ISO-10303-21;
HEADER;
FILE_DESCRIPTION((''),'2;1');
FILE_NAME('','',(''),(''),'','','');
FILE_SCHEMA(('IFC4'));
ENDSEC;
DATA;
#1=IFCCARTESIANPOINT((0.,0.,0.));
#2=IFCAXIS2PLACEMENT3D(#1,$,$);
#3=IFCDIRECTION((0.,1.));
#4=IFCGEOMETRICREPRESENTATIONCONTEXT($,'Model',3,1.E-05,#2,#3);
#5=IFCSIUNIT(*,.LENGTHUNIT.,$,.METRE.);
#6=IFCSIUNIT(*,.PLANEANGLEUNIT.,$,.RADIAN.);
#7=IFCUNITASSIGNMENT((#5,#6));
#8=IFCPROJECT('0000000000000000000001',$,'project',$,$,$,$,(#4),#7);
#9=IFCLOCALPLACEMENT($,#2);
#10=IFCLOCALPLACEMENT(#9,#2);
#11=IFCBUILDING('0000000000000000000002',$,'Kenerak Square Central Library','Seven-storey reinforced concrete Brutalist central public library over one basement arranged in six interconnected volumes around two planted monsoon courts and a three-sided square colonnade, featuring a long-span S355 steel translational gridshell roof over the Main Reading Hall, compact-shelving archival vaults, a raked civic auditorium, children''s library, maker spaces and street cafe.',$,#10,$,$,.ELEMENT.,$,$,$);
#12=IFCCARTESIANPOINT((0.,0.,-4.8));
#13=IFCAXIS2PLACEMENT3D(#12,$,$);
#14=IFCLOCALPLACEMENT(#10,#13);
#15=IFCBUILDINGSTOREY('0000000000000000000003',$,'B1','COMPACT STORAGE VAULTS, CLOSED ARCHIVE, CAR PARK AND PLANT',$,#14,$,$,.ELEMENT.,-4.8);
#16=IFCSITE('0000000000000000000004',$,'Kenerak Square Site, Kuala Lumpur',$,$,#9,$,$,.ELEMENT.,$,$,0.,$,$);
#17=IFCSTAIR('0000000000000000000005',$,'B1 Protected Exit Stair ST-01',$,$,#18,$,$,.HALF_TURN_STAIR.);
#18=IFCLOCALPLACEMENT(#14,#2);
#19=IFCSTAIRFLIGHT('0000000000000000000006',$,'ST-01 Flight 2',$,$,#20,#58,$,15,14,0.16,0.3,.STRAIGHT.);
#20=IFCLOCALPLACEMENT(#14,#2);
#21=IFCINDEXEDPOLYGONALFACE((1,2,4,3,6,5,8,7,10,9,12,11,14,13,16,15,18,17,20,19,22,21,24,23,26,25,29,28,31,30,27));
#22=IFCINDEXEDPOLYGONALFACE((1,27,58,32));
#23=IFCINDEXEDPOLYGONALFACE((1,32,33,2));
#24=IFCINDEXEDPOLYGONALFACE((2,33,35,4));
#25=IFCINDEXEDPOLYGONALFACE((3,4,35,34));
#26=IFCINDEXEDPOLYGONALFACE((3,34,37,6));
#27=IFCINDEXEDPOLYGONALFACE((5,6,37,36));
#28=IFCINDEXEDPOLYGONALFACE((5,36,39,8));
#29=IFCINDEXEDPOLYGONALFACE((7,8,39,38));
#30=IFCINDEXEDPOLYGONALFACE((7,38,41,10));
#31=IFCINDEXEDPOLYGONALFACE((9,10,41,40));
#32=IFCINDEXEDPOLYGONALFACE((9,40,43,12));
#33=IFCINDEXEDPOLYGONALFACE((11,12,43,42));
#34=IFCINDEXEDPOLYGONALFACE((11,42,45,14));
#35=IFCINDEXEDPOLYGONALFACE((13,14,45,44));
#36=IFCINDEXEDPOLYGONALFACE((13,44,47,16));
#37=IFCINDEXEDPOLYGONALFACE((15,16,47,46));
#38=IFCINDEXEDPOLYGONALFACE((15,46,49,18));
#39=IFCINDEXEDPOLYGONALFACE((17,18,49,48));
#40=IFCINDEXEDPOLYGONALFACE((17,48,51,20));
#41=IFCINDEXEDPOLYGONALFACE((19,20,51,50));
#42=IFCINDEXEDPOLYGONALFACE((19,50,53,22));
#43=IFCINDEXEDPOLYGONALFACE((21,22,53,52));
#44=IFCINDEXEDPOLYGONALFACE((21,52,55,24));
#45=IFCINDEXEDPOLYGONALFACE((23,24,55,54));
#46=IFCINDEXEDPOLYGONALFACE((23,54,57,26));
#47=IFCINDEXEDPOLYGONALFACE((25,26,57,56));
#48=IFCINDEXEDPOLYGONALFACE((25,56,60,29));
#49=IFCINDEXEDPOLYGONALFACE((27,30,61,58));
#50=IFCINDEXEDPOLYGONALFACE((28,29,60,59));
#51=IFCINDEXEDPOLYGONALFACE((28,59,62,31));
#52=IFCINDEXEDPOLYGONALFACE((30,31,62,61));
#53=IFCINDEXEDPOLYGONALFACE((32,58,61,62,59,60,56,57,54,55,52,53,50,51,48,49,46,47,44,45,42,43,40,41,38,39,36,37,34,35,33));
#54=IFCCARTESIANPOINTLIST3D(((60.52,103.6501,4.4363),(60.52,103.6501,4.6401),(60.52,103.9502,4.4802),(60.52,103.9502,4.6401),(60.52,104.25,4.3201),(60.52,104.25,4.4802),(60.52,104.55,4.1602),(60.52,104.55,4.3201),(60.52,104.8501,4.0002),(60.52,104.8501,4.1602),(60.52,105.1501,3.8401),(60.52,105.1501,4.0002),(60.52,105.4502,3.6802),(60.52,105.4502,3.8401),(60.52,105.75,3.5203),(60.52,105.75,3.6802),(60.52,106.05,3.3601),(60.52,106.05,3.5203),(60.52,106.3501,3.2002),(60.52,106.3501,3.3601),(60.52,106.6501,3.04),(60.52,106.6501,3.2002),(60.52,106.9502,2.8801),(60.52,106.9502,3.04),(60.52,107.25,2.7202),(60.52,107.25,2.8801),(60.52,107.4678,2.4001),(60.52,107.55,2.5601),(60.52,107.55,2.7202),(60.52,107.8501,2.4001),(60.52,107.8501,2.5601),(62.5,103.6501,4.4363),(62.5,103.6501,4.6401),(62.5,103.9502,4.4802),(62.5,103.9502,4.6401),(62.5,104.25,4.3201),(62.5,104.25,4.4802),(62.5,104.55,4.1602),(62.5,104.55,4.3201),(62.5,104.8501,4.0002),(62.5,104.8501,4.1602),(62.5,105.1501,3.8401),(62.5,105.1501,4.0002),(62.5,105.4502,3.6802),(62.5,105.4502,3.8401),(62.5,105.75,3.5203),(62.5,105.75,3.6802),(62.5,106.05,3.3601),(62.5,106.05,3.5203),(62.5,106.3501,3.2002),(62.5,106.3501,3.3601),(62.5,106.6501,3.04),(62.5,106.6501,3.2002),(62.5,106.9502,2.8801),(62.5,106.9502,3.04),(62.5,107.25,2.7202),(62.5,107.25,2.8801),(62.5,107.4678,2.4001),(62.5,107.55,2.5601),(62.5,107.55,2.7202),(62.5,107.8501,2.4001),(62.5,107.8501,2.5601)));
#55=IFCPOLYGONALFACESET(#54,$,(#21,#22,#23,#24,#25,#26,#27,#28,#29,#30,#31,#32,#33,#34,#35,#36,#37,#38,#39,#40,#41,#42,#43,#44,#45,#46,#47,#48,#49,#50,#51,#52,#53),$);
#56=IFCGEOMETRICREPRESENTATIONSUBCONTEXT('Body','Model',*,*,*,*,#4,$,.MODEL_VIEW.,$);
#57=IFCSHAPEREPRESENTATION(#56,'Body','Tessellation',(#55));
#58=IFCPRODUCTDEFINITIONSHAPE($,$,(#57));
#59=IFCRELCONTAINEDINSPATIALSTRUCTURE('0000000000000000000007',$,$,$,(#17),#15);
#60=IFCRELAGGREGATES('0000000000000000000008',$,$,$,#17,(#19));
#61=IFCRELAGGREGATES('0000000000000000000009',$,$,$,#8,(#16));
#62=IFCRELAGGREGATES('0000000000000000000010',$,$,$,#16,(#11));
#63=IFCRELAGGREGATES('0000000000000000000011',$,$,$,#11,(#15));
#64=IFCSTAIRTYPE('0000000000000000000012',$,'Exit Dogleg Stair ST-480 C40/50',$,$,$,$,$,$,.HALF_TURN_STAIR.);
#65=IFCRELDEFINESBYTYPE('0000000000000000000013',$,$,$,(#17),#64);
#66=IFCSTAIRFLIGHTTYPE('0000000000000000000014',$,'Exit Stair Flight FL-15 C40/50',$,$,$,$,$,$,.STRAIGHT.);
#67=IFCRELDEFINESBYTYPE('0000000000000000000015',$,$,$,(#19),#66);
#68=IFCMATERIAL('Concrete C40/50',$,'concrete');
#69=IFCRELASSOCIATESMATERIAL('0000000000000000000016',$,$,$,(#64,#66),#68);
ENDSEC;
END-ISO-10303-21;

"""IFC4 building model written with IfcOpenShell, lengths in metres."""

from ifc_helpers import new_model, si_unit, direction, frame, origin, place, context, subcontext, project, spatial, polyline, outline, extrude, material, type_object, element, aggregate, save


model = new_model("IFC4")

# Units and contexts
model_context = context("Model", 3, precision=1e-05, world=origin(), true_north=direction((0.0, 1.0)))
body_context = subcontext(model_context, "Body", "Model", "MODEL_VIEW")
ifc_project = project(units=[si_unit("LENGTHUNIT", "METRE"), si_unit("PLANEANGLEUNIT", "RADIAN")], contexts=[model_context])

# Site, building, storey
site_placement = place(None, origin())
site = spatial("IfcSite", under=ifc_project, at=site_placement, Name="Kenerak Square Site, Kuala Lumpur", CompositionType="ELEMENT", RefElevation=0.0)
building_placement = place(site_placement, origin())
building = spatial("IfcBuilding", under=site, at=building_placement, Name="Kenerak Square Central Library", Description="Seven-storey reinforced concrete Brutalist central public library over one basement arranged in six interconnected volumes around two planted monsoon courts and a three-sided square colonnade, featuring a long-span S355 steel translational gridshell roof over the Main Reading Hall, compact-shelving archival vaults, a raked civic auditorium, children's library, maker spaces and street cafe.", CompositionType="ELEMENT")
storey_placement = place(building_placement, frame((0.0, 0.0, -4.8)))
storey = spatial("IfcBuildingStorey", under=building, at=storey_placement, Name="B1", Description="COMPACT STORAGE VAULTS, CLOSED ARCHIVE, CAR PARK AND PLANT", CompositionType="ELEMENT", Elevation=-4.8)

# Shared definitions
ifc_material_1 = material(Name="Concrete C40/50", Category="concrete")

# Stair, stair flight
stair_type = type_object("IfcStairType", Name="Exit Dogleg Stair ST-480 C40/50", PredefinedType="HALF_TURN_STAIR", material=ifc_material_1)
stair_placement = place(storey_placement, origin())
stair = element("IfcStair", 1, at=stair_placement, inside=storey, type_object=stair_type, Name="B1 Protected Exit Stair ST-01", PredefinedType="HALF_TURN_STAIR")
stair_flight_type = type_object("IfcStairFlightType", Name="Exit Stair Flight FL-15 C40/50", PredefinedType="STRAIGHT", material=ifc_material_1)
stair_flight_1_placement = place(storey_placement, frame((61.51, 107.8501, 2.4001), z_axis=(0.0, 0.0, 1.0), x_axis=(0.0, -1.0, 0.0)))
stair_flight_1 = element("IfcStairFlight", 2, at=stair_flight_1_placement, type_object=stair_flight_type, Name="ST-01 Flight 2", NumberOfRisers=15, NumberOfTreads=14, PredefinedType="STRAIGHT", RiserHeight=0.16, TreadLength=0.3, context=body_context, shape_type="SweptSolid", body=[
    extrude(outline(polyline([(0.0, 0.0), (0.0, 0.1599), (0.3, 0.1599), (0.3, 0.3201), (0.6001, 0.3201), (0.6001, 0.48), (0.8999, 0.48), (0.8999, 0.6399), (1.2, 0.6399), (1.2, 0.8), (1.5, 0.8), (1.5, 0.96), (1.8, 0.96), (1.8, 1.1201), (2.1001, 1.1201), (2.1001, 1.28), (2.3999, 1.28), (2.3999, 1.4399), (2.7, 1.4399), (2.7, 1.6001), (3.0, 1.6001), (3.0, 1.76), (3.3, 1.76), (3.3, 1.9199), (3.6001, 1.9199), (3.6001, 2.0801), (3.8999, 2.0801), (3.8999, 2.24), (4.2, 2.24), (4.2, 2.3999), (4.2, 2.0361), (0.3823, 0.0), (0.0, 0.0)])), frame((0.0, 0.99, 0.0), z_axis=(0.0, -1.0, 0.0), x_axis=(1.0, 0.0, 0.0)), (0.0, 0.0, 1.0), 1.98),
])
aggregate(stair, [stair_flight_1])

save(model, "model.ifc")
